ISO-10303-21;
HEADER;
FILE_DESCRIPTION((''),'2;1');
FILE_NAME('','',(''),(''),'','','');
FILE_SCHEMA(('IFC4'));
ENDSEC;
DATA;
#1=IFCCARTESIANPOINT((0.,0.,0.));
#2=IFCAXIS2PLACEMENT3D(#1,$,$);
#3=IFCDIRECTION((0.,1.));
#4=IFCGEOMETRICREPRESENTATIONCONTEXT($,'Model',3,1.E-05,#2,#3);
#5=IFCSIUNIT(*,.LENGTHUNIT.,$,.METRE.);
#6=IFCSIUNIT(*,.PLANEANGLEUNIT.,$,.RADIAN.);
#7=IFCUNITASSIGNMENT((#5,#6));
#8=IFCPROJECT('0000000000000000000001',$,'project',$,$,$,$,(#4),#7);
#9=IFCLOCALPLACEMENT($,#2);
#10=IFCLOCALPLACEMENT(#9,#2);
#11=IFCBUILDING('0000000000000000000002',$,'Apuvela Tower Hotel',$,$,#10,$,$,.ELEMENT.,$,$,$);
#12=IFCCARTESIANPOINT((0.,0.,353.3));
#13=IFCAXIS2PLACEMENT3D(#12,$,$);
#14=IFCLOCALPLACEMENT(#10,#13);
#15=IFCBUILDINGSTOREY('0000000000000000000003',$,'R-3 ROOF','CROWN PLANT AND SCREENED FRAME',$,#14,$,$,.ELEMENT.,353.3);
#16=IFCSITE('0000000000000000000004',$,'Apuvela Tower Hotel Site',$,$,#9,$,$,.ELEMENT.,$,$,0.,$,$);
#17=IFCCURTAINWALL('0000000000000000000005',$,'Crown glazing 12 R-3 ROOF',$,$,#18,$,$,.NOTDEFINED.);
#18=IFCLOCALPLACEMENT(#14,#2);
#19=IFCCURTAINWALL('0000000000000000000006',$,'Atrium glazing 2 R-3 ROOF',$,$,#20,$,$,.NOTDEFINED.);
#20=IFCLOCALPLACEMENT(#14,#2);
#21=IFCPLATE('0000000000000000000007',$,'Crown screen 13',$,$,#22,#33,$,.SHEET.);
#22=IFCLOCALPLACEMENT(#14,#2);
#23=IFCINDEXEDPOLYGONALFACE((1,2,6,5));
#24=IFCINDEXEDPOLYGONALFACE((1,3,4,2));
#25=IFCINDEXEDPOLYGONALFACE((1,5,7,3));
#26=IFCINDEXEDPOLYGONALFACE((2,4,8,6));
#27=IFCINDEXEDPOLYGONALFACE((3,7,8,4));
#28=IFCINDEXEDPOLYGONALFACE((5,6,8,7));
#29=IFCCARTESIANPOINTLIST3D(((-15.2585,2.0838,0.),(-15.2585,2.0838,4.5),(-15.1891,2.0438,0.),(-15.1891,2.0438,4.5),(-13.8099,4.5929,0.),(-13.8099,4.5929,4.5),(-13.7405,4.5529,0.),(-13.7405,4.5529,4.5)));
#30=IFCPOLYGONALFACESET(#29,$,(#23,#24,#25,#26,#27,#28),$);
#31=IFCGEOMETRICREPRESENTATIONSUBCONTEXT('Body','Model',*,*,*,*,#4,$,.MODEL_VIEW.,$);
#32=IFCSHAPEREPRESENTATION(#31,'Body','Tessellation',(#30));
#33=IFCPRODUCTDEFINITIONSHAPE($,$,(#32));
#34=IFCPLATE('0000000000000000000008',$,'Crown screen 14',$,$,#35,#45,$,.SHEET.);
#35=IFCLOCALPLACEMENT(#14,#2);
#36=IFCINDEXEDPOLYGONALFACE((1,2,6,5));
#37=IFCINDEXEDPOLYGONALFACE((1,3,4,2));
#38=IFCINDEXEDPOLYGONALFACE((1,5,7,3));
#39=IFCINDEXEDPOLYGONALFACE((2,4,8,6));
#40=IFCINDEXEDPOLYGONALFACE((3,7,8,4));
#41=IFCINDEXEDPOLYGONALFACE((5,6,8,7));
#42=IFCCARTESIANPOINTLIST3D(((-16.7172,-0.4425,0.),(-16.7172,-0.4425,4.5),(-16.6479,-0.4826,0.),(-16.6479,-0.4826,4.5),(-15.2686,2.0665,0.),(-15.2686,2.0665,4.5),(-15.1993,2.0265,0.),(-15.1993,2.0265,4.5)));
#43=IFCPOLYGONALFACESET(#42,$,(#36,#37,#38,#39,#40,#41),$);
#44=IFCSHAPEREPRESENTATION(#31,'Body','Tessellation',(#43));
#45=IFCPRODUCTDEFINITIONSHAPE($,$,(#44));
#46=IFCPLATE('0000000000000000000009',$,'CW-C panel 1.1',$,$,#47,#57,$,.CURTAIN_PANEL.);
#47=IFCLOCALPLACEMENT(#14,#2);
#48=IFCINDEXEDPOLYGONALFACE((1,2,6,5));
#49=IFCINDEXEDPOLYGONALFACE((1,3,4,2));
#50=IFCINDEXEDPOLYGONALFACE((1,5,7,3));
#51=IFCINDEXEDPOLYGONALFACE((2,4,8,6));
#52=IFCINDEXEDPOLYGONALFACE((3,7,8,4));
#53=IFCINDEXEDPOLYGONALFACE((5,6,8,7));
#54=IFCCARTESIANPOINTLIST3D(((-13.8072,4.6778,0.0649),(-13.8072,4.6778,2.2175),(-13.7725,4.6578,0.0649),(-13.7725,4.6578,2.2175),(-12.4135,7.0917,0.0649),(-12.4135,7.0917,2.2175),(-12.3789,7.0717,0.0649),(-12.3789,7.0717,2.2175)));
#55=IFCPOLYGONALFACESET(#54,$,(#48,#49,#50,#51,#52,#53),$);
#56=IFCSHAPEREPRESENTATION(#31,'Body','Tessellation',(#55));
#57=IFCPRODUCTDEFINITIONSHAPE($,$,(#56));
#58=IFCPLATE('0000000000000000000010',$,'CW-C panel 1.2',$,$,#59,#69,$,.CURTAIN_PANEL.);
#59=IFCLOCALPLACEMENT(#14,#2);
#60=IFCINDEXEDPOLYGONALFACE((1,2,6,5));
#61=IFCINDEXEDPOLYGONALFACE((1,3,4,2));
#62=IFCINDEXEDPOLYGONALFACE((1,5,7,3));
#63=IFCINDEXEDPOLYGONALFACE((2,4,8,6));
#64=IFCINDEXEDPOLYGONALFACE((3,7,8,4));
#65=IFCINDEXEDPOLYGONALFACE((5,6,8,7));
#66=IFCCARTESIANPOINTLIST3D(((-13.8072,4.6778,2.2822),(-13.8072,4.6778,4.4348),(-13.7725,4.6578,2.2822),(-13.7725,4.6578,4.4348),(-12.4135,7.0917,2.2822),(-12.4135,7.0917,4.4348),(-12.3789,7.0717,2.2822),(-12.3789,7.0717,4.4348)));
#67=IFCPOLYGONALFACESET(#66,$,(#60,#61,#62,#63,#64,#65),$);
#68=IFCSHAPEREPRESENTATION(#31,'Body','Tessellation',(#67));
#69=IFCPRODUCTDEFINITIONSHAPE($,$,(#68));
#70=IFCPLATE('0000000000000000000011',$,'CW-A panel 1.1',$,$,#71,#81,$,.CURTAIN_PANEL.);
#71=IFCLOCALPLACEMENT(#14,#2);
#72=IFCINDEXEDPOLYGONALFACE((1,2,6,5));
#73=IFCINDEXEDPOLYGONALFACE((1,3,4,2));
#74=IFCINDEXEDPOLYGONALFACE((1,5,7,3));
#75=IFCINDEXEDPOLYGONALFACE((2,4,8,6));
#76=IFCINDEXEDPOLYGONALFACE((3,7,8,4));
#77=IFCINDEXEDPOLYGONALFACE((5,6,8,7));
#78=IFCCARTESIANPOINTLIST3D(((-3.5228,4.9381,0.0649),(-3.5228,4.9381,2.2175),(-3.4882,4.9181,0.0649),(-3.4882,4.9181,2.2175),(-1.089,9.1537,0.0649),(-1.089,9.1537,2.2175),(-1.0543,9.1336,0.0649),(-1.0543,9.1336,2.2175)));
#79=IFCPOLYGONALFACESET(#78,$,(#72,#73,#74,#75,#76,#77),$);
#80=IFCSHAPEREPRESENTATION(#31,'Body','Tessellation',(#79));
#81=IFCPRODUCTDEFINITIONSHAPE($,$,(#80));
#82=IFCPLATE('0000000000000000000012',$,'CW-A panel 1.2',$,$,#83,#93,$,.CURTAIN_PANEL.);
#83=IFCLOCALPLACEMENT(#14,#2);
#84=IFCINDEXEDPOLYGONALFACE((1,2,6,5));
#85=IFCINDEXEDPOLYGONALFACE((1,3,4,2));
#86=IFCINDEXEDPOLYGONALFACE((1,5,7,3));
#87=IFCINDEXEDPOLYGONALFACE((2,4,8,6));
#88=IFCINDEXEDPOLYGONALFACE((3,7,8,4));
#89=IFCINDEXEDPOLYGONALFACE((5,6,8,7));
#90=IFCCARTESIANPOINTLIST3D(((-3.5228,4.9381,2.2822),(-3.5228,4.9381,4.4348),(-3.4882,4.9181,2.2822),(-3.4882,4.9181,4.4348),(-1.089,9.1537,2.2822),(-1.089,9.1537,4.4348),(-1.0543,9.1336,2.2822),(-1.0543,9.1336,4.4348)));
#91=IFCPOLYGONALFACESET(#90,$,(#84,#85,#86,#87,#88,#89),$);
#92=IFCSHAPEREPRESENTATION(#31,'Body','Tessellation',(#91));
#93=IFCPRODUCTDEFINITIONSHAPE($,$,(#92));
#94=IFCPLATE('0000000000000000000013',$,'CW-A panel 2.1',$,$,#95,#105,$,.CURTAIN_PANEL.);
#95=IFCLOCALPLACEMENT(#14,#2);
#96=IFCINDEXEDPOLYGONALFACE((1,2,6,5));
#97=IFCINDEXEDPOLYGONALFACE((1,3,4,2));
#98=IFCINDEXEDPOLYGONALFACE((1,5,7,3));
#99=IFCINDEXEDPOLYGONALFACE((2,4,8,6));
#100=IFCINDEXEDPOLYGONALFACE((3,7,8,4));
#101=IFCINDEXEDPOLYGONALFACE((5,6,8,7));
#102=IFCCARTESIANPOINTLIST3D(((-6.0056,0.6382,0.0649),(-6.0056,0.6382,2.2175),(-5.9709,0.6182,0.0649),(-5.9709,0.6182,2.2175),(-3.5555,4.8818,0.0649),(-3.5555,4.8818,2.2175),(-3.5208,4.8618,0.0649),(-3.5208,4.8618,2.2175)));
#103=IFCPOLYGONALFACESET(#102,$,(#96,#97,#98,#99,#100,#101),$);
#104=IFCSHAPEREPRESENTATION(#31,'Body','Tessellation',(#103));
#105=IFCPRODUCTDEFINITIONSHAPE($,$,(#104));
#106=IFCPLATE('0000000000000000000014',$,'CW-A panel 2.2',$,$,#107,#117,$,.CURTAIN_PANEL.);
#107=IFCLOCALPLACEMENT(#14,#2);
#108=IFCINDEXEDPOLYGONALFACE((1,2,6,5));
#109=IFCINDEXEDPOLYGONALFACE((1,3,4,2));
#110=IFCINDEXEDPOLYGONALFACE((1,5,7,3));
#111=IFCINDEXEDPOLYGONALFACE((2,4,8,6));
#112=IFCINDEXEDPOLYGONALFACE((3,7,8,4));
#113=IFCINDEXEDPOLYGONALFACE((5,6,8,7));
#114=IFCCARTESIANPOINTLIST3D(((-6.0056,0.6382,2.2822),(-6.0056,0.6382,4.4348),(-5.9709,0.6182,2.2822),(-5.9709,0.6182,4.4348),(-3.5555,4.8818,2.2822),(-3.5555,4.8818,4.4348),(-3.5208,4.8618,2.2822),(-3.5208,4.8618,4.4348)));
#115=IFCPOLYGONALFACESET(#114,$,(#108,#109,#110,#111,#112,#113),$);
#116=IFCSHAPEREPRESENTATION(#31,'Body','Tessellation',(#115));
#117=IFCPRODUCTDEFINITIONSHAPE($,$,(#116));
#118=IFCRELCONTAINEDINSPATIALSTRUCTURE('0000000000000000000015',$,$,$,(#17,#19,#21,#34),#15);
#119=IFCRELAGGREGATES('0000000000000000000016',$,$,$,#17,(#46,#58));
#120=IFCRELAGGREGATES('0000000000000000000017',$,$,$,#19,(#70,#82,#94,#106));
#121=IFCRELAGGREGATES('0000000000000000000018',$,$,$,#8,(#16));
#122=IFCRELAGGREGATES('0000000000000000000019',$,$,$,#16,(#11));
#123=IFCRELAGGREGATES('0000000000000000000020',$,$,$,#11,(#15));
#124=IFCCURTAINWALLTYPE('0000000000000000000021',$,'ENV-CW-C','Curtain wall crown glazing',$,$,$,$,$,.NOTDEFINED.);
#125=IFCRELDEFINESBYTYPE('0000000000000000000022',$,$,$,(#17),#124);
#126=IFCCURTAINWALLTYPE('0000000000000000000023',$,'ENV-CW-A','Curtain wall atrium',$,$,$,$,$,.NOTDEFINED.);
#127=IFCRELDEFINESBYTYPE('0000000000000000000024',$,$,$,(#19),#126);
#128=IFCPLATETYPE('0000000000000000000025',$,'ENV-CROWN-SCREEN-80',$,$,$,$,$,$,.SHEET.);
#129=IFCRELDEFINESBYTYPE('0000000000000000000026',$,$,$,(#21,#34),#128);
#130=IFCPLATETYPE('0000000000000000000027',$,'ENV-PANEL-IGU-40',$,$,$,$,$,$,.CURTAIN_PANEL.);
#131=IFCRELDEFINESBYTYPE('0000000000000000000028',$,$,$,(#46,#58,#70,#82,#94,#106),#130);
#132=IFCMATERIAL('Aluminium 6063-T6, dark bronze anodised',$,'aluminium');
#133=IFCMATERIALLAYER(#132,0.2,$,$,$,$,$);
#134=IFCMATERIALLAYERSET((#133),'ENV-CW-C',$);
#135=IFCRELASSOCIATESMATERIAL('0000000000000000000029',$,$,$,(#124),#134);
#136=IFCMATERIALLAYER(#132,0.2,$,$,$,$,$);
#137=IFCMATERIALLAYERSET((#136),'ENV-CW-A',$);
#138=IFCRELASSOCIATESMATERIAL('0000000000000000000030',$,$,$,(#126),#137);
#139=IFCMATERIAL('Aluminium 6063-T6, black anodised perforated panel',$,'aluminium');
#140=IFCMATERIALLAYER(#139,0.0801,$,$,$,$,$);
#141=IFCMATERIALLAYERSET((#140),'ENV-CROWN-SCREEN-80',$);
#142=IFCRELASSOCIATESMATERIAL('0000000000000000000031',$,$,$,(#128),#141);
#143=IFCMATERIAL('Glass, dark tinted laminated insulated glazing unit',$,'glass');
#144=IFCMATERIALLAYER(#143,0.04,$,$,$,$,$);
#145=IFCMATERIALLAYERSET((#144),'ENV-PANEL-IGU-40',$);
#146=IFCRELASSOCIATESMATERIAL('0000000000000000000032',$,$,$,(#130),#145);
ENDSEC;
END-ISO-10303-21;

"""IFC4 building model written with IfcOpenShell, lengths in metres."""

from ifc_helpers import new_model, si_unit, direction, frame, origin, origin_2d, place, context, subcontext, project, spatial, rectangle, extrude, material, layer, layer_set, type_object, element, aggregate, save


model = new_model("IFC4")

# Units and contexts
model_context = context("Model", 3, precision=1e-05, world=origin(), true_north=direction((0.0, 1.0)))
body_context = subcontext(model_context, "Body", "Model", "MODEL_VIEW")
ifc_project = project(units=[si_unit("LENGTHUNIT", "METRE"), si_unit("PLANEANGLEUNIT", "RADIAN")], contexts=[model_context])

# Site, building, storey
site_placement = place(None, origin())
site = spatial("IfcSite", under=ifc_project, at=site_placement, Name="Apuvela Tower Hotel Site", CompositionType="ELEMENT", RefElevation=0.0)
building_placement = place(site_placement, origin())
building = spatial("IfcBuilding", under=site, at=building_placement, Name="Apuvela Tower Hotel", CompositionType="ELEMENT")
storey_placement = place(building_placement, frame((0.0, 0.0, 353.3)))
storey = spatial("IfcBuildingStorey", under=building, at=storey_placement, Name="R-3 ROOF", Description="CROWN PLANT AND SCREENED FRAME", CompositionType="ELEMENT", Elevation=353.3)

# Curtain walls
ifc_material_1 = material(Name="Aluminium 6063-T6, dark bronze anodised", Category="aluminium")
ifc_layer_1 = layer(ifc_material_1, 0.2)
ifc_layer_set_1 = layer_set([ifc_layer_1], Name="ENV-CW-C")
curtain_wall_type_1 = type_object("IfcCurtainWallType", Name="ENV-CW-C", Description="Curtain wall crown glazing", PredefinedType="NOTDEFINED", material=ifc_layer_set_1)
curtain_wall_1_placement = place(storey_placement, origin())
curtain_wall_1 = element("IfcCurtainWall", 1, at=curtain_wall_1_placement, inside=storey, type_object=curtain_wall_type_1, Name="Crown glazing 12 R-3 ROOF", PredefinedType="NOTDEFINED")
ifc_layer_2 = layer(ifc_material_1, 0.2)
ifc_layer_set_2 = layer_set([ifc_layer_2], Name="ENV-CW-A")
curtain_wall_type_2 = type_object("IfcCurtainWallType", Name="ENV-CW-A", Description="Curtain wall atrium", PredefinedType="NOTDEFINED", material=ifc_layer_set_2)
curtain_wall_2_placement = place(storey_placement, origin())
curtain_wall_2 = element("IfcCurtainWall", 2, at=curtain_wall_2_placement, inside=storey, type_object=curtain_wall_type_2, Name="Atrium glazing 2 R-3 ROOF", PredefinedType="NOTDEFINED")

# Plates
ifc_material_2 = material(Name="Aluminium 6063-T6, black anodised perforated panel", Category="aluminium")
ifc_layer_3 = layer(ifc_material_2, 0.0801)
ifc_layer_set_3 = layer_set([ifc_layer_3], Name="ENV-CROWN-SCREEN-80")
plate_type_1 = type_object("IfcPlateType", Name="ENV-CROWN-SCREEN-80", PredefinedType="SHEET", material=ifc_layer_set_3)
for number, where, z_axis, x_axis, name in (
    (3, (-14.4995, 3.3184, 0.0), (0.0, 0.0, 1.0), (-0.5, -0.866025, 0.0), "Crown screen 13"),
    (4, (-15.9583, 0.792, 0.0), (0.0, 0.0, 1.0), (-0.5, -0.866025, 0.0), "Crown screen 14"),
):
    element("IfcPlate", number, at=place(storey_placement, frame(where, z_axis=z_axis, x_axis=x_axis)), inside=storey, type_object=plate_type_1, Name=name, PredefinedType="SHEET", context=body_context, shape_type="SweptSolid", body=[
        extrude(rectangle(XDim=2.8972, YDim=0.0801, at=origin_2d()), origin(), (0.0, 0.0, 1.0), 4.5),
    ])

# Plates
ifc_material_3 = material(Name="Glass, dark tinted laminated insulated glazing unit", Category="glass")
ifc_layer_4 = layer(ifc_material_3, 0.04)
ifc_layer_set_4 = layer_set([ifc_layer_4], Name="ENV-PANEL-IGU-40")
plate_type_2 = type_object("IfcPlateType", Name="ENV-PANEL-IGU-40", PredefinedType="CURTAIN_PANEL", material=ifc_layer_set_4)
plate_1_placement = place(storey_placement, frame((-13.093, 5.8748, 0.0649), z_axis=(0.0, 0.0, 1.0), x_axis=(-0.499981, -0.866037, 0.0)))
plate_1 = element("IfcPlate", 5, at=plate_1_placement, type_object=plate_type_2, Name="CW-C panel 1.1", PredefinedType="CURTAIN_PANEL", context=body_context, shape_type="SweptSolid", body=[
    extrude(rectangle(XDim=2.7874, YDim=0.04, at=origin_2d()), origin(), (0.0, 0.0, 1.0), 2.1526),
])
plate_2_placement = place(storey_placement, frame((-13.093, 5.8748, 2.2822), z_axis=(0.0, 0.0, 1.0), x_axis=(-0.499981, -0.866037, 0.0)))
plate_2 = element("IfcPlate", 6, at=plate_2_placement, type_object=plate_type_2, Name="CW-C panel 1.2", PredefinedType="CURTAIN_PANEL", context=body_context, shape_type="SweptSolid", body=[
    extrude(rectangle(XDim=2.7874, YDim=0.04, at=origin_2d()), origin(), (0.0, 0.0, 1.0), 2.1526),
])
aggregate(curtain_wall_1, [plate_1, plate_2])
plate_3_placement = place(storey_placement, frame((-2.2886, 7.0359, 0.0649), z_axis=(0.0, 0.0, 1.0), x_axis=(-0.499999, -0.866026, 0.0)))
plate_3 = element("IfcPlate", 7, at=plate_3_placement, type_object=plate_type_2, Name="CW-A panel 1.1", PredefinedType="CURTAIN_PANEL", context=body_context, shape_type="SweptSolid", body=[
    extrude(rectangle(XDim=4.8677, YDim=0.04, at=origin_2d()), origin(), (0.0, 0.0, 1.0), 2.1526),
])
plate_4_placement = place(storey_placement, frame((-2.2886, 7.0359, 2.2822), z_axis=(0.0, 0.0, 1.0), x_axis=(-0.499999, -0.866026, 0.0)))
plate_4 = element("IfcPlate", 8, at=plate_4_placement, type_object=plate_type_2, Name="CW-A panel 1.2", PredefinedType="CURTAIN_PANEL", context=body_context, shape_type="SweptSolid", body=[
    extrude(rectangle(XDim=4.8677, YDim=0.04, at=origin_2d()), origin(), (0.0, 0.0, 1.0), 2.1526),
])
plate_5_placement = place(storey_placement, frame((-4.7632, 2.75, 0.0649), z_axis=(0.0, 0.0, 1.0), x_axis=(-0.499999, -0.866026, 0.0)))
plate_5 = element("IfcPlate", 9, at=plate_5_placement, type_object=plate_type_2, Name="CW-A panel 2.1", PredefinedType="CURTAIN_PANEL", context=body_context, shape_type="SweptSolid", body=[
    extrude(rectangle(XDim=4.9001, YDim=0.04, at=origin_2d()), origin(), (0.0, 0.0, 1.0), 2.1526),
])
plate_6_placement = place(storey_placement, frame((-4.7632, 2.75, 2.2822), z_axis=(0.0, 0.0, 1.0), x_axis=(-0.499999, -0.866026, 0.0)))
plate_6 = element("IfcPlate", 10, at=plate_6_placement, type_object=plate_type_2, Name="CW-A panel 2.2", PredefinedType="CURTAIN_PANEL", context=body_context, shape_type="SweptSolid", body=[
    extrude(rectangle(XDim=4.9001, YDim=0.04, at=origin_2d()), origin(), (0.0, 0.0, 1.0), 2.1526),
])
aggregate(curtain_wall_2, [plate_3, plate_4, plate_5, plate_6])

save(model, "model.ifc")
